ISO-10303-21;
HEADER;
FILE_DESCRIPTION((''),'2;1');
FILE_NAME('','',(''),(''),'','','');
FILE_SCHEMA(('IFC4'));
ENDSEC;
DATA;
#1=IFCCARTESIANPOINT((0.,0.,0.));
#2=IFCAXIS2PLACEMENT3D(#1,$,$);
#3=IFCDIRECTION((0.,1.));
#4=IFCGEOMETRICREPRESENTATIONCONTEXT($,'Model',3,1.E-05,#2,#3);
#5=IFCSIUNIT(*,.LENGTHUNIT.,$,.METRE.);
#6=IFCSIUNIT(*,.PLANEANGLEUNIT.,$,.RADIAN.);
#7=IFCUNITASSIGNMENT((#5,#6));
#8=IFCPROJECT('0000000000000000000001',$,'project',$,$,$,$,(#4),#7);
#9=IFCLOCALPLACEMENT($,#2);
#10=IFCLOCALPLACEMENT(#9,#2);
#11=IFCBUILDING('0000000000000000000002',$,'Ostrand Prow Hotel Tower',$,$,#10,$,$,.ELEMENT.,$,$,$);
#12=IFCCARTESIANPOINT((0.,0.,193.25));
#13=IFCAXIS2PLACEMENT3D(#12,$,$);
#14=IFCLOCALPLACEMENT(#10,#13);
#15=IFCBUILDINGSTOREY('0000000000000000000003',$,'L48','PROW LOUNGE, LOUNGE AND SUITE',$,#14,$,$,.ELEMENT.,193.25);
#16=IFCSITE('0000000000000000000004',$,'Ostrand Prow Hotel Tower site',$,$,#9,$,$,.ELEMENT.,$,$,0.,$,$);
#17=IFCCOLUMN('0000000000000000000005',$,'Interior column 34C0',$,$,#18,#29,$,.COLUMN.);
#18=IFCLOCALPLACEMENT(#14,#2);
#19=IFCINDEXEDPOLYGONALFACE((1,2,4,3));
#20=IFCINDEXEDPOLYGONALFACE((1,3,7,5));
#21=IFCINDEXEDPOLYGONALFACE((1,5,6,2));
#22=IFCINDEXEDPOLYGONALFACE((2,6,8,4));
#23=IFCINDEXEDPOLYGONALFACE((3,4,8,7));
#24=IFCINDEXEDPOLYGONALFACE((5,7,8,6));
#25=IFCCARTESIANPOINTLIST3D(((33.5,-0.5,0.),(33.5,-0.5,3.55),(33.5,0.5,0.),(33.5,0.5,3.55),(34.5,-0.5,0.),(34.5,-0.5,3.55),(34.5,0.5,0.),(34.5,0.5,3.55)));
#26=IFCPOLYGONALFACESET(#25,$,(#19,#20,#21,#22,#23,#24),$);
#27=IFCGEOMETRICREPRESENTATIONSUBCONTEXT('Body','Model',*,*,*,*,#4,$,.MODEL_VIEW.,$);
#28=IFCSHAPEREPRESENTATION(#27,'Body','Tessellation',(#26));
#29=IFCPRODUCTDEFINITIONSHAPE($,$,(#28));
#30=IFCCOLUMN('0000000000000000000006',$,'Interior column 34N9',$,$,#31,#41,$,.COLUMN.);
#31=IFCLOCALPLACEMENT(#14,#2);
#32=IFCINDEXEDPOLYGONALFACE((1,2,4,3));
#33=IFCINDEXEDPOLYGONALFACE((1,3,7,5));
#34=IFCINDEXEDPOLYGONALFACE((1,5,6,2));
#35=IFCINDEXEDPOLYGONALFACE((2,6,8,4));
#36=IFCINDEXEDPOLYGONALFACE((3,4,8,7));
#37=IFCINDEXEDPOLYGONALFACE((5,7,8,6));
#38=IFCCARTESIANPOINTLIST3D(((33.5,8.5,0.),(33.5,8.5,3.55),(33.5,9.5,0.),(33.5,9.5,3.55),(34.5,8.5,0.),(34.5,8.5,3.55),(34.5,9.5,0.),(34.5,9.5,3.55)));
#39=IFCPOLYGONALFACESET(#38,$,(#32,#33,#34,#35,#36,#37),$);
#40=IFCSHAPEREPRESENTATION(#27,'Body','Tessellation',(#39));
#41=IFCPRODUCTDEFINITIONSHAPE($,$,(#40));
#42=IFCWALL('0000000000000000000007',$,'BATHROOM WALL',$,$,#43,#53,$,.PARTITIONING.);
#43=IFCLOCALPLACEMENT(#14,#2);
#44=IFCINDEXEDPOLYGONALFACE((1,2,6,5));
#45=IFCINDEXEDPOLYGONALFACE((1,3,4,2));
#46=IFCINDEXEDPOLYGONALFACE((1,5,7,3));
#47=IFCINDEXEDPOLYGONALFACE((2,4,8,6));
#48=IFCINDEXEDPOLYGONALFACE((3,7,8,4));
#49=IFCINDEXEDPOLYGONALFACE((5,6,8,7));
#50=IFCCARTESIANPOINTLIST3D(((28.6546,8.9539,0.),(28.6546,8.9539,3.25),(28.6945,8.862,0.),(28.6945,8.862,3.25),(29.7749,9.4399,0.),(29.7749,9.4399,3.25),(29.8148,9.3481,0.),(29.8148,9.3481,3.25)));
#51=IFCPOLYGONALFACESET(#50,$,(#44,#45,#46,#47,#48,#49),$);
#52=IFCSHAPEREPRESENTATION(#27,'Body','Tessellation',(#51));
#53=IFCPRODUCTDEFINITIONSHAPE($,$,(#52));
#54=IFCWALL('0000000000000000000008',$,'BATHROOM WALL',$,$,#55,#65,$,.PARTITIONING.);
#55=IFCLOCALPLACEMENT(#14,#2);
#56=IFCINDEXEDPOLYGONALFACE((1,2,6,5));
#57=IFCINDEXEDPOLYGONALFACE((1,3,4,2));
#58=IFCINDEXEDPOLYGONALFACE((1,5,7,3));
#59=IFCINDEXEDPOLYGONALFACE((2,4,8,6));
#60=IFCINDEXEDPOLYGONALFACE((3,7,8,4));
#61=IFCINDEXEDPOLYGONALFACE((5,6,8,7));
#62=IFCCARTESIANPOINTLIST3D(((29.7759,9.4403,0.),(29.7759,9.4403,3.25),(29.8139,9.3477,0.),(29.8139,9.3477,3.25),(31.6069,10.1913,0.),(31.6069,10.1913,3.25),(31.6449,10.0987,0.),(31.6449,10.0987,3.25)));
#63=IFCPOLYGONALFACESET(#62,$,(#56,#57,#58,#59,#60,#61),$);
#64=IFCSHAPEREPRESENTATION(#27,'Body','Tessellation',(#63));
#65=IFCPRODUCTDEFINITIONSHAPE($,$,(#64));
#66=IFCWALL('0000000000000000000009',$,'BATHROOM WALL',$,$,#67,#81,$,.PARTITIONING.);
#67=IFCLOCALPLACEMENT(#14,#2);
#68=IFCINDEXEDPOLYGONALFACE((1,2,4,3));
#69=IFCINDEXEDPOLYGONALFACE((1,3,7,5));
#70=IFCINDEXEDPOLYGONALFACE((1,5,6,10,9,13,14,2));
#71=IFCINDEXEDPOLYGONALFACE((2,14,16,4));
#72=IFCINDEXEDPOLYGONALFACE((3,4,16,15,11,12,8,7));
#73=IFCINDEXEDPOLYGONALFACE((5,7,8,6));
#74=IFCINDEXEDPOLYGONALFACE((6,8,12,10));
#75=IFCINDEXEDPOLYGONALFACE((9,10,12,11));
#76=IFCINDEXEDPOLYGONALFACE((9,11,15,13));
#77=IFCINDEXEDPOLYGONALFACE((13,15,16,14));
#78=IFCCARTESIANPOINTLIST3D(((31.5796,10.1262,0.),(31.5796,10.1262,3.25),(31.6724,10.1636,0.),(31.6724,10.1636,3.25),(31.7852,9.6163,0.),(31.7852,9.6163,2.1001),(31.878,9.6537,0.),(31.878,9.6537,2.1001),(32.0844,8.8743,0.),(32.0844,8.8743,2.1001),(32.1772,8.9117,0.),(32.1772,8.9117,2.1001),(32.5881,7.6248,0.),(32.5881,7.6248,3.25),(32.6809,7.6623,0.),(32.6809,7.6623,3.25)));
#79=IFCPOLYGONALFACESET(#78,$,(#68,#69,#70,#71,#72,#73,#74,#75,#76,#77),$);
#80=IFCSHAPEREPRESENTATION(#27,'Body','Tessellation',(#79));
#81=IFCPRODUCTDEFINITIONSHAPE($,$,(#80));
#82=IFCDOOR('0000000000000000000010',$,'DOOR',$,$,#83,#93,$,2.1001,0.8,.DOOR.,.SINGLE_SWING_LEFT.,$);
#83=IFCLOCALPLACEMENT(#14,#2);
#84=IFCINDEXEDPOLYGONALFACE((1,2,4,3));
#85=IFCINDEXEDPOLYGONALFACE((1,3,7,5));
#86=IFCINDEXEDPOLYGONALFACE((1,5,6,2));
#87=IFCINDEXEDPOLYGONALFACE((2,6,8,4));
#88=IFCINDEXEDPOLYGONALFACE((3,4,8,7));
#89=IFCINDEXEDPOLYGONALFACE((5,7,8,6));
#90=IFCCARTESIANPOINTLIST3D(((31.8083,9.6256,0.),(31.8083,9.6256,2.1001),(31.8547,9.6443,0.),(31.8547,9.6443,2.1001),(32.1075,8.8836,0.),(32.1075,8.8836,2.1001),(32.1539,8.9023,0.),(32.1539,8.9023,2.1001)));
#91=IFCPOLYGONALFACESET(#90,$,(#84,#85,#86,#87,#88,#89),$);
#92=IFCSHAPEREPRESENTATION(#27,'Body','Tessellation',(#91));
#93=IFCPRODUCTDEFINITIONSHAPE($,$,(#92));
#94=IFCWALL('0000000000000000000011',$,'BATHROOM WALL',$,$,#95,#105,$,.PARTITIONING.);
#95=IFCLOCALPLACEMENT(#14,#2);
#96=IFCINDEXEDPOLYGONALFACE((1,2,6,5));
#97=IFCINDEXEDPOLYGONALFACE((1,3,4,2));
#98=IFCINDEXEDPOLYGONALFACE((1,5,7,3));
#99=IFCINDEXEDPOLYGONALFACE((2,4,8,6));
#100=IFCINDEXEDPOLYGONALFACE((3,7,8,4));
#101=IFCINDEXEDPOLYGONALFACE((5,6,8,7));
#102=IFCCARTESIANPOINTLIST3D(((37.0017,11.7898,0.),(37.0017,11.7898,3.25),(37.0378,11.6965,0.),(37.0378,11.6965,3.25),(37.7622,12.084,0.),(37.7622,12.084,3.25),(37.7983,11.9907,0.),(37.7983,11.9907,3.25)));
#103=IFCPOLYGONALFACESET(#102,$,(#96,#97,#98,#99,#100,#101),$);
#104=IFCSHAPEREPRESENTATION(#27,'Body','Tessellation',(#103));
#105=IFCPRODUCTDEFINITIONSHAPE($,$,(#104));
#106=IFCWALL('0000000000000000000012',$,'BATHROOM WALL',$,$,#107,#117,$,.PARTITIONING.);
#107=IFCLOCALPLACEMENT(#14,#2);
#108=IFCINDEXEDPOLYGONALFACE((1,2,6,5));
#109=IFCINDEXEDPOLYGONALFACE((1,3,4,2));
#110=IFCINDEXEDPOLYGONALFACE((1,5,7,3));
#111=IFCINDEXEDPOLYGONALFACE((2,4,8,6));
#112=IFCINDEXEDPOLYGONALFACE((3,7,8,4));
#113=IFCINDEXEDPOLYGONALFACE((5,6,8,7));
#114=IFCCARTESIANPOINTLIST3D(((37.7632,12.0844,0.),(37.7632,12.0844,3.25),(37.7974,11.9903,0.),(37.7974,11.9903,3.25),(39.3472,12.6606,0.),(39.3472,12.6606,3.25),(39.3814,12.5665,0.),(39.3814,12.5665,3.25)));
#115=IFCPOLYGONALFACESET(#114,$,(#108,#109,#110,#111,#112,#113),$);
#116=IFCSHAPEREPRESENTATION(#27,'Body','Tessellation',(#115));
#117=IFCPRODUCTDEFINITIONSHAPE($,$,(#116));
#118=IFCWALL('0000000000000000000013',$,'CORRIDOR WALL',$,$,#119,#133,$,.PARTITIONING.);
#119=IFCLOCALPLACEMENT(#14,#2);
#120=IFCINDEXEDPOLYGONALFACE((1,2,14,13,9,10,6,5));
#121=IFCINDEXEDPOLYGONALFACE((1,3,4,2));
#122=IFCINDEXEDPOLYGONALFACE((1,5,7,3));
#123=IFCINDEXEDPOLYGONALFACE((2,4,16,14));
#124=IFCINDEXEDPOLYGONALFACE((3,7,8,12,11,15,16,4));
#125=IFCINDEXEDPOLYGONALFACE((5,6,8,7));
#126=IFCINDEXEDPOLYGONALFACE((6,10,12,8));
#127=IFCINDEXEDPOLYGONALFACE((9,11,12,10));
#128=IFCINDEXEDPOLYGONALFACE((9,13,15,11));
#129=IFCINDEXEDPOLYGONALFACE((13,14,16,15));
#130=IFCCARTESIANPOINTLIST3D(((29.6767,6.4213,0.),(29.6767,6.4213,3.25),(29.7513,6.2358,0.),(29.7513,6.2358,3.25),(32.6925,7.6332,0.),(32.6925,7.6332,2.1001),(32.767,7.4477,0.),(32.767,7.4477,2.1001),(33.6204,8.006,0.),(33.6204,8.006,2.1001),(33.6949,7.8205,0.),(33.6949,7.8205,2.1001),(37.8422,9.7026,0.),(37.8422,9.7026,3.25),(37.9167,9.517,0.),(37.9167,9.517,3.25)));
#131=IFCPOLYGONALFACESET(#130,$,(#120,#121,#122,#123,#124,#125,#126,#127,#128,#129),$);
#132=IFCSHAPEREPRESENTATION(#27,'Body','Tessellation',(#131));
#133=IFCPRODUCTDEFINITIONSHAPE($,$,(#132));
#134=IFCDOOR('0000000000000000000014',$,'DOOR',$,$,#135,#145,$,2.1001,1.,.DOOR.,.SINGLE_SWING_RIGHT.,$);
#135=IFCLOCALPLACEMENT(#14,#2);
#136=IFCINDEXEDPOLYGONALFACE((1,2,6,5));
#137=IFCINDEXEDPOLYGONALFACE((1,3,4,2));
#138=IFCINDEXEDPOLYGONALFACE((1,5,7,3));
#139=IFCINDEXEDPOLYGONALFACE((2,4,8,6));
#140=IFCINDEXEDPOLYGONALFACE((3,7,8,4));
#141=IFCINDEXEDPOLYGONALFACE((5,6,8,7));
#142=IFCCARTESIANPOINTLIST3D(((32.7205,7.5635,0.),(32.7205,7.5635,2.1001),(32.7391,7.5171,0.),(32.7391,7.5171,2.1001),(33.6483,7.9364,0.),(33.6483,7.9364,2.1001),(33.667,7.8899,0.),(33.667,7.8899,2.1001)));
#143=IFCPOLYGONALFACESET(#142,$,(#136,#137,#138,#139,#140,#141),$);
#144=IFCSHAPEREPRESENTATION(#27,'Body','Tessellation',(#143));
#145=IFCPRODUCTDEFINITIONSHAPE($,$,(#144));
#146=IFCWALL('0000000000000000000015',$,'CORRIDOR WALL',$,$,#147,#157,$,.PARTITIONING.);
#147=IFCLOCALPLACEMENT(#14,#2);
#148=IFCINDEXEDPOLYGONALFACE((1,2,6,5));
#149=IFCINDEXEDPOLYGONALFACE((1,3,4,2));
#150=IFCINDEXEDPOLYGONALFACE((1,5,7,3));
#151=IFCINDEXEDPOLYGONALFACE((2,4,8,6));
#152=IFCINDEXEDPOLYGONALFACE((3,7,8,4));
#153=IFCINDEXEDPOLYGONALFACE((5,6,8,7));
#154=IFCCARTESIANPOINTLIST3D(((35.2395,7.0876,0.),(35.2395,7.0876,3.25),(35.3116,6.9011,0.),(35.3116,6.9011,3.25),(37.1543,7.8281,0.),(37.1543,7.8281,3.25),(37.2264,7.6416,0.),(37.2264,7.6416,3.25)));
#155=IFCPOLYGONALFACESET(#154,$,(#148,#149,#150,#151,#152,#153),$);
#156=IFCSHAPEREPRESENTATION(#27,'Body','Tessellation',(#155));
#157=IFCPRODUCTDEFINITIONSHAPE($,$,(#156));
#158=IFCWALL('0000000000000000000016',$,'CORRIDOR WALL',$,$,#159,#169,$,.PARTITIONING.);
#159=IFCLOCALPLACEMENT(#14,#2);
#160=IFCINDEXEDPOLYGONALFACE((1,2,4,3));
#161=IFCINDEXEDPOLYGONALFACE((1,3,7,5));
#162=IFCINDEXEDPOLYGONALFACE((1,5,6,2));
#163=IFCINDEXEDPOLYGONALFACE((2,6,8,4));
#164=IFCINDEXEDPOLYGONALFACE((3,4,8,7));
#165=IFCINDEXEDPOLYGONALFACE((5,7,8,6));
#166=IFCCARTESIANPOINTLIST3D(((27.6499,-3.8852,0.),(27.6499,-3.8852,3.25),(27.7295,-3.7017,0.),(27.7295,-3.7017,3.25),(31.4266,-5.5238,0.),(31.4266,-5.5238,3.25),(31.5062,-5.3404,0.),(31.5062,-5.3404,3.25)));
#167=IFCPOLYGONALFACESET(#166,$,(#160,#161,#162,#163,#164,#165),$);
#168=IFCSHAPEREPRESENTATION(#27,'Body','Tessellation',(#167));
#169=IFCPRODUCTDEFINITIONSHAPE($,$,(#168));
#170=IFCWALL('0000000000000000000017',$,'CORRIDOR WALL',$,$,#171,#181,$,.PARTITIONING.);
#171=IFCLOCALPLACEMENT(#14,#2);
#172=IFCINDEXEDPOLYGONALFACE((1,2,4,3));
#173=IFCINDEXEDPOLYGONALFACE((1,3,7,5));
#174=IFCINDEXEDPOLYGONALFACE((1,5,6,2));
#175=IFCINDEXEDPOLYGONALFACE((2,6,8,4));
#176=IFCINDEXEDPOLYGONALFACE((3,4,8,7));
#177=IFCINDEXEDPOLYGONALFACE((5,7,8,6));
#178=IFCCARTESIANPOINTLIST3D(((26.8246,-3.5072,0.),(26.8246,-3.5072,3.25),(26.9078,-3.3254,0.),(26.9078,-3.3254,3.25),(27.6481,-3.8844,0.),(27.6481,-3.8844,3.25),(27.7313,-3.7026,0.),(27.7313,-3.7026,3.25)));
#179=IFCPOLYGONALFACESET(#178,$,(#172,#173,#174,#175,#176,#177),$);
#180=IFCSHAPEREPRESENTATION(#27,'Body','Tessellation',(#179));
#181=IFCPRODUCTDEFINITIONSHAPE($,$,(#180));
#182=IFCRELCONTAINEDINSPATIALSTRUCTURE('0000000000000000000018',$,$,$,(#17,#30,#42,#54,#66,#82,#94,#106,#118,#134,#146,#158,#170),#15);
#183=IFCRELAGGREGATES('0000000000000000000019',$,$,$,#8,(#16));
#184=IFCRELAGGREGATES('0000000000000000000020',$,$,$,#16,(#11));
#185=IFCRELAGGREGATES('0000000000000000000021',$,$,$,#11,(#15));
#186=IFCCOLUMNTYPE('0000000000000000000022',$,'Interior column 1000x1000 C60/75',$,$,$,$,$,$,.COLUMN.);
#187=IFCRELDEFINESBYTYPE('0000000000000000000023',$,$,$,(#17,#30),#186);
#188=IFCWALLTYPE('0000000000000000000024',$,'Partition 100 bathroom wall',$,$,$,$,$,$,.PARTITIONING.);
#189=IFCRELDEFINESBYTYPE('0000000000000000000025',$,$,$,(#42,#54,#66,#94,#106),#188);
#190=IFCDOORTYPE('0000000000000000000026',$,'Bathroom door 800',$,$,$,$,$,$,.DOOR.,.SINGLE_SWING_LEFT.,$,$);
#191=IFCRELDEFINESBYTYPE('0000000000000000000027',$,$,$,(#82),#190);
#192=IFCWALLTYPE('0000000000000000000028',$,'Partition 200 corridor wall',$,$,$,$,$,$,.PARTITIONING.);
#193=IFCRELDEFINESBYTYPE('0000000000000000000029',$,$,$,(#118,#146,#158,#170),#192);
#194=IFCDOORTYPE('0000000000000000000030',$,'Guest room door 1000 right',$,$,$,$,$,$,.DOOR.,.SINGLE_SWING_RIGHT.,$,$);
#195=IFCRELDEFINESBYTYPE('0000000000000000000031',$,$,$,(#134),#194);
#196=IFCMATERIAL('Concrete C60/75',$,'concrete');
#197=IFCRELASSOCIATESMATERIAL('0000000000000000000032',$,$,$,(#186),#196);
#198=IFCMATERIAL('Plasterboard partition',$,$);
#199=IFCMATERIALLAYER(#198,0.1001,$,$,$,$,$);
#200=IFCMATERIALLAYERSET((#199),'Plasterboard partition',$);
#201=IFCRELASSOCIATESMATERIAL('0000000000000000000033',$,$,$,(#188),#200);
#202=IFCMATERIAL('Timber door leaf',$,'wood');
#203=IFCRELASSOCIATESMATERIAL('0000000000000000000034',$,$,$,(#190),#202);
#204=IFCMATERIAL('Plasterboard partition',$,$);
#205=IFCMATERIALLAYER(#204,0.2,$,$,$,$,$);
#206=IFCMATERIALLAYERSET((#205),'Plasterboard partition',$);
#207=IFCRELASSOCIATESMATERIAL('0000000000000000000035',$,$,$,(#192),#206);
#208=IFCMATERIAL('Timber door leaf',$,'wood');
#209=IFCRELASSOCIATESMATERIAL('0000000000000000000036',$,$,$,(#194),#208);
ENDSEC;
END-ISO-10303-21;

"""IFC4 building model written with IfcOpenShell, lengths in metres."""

from ifc_helpers import new_model, si_unit, direction, frame, frame_2d, origin, origin_2d, place, context, subcontext, project, spatial, rectangle, extrude, material, layer, layer_set, material_profile, profile_set, type_object, element, fill, save


model = new_model("IFC4")

# Units and contexts
model_context = context("Model", 3, precision=1e-05, world=origin(), true_north=direction((0.0, 1.0)))
body_context = subcontext(model_context, "Body", "Model", "MODEL_VIEW")
ifc_project = project(units=[si_unit("LENGTHUNIT", "METRE"), si_unit("PLANEANGLEUNIT", "RADIAN")], contexts=[model_context])

# Site, building, storey
site_placement = place(None, origin())
site = spatial("IfcSite", under=ifc_project, at=site_placement, Name="Ostrand Prow Hotel Tower site", CompositionType="ELEMENT", RefElevation=0.0)
building_placement = place(site_placement, origin())
building = spatial("IfcBuilding", under=site, at=building_placement, Name="Ostrand Prow Hotel Tower", CompositionType="ELEMENT")
storey_placement = place(building_placement, frame((0.0, 0.0, 193.25)))
storey = spatial("IfcBuildingStorey", under=building, at=storey_placement, Name="L48", Description="PROW LOUNGE, LOUNGE AND SUITE", CompositionType="ELEMENT", Elevation=193.25)

# Columns
ifc_material_1 = material(Name="Concrete C60/75", Category="concrete")
ifc_material_profile = material_profile(ifc_material_1, rectangle(XDim=1.0, YDim=1.0, at=origin_2d()), Name="RC 1000x1000")
ifc_profile_set = profile_set([ifc_material_profile], Name="Concrete C60/75")
column_type = type_object("IfcColumnType", Name="Interior column 1000x1000 C60/75", PredefinedType="COLUMN", material=ifc_profile_set)
for number, where, z_axis, x_axis, name in (
    (1, (34.0, 0.0, 0.0), (0.0, 0.0, 1.0), (1.0, 0.0, 0.0), "Interior column 34C0"),
    (2, (34.0, 9.0, 0.0), (0.0, 0.0, 1.0), (1.0, 0.0, 0.0), "Interior column 34N9"),
):
    element("IfcColumn", number, at=place(storey_placement, frame(where, z_axis=z_axis, x_axis=x_axis)), inside=storey, type_object=column_type, Name=name, PredefinedType="COLUMN", context=body_context, shape_type="SweptSolid", body=[
        extrude(rectangle(XDim=1.0, YDim=1.0, at=origin_2d()), origin(), (0.0, 0.0, 1.0), 3.55),
    ])

# Walls
ifc_material_2 = material(Name="Plasterboard partition")
ifc_layer_1 = layer(ifc_material_2, 0.1001)
ifc_layer_set_1 = layer_set([ifc_layer_1], Name="Plasterboard partition")
wall_type_1 = type_object("IfcWallType", Name="Partition 100 bathroom wall", PredefinedType="PARTITIONING", material=ifc_layer_set_1)
wall_1_placement = place(storey_placement, frame((28.6746, 8.908, 0.0), z_axis=(0.0, 0.0, 1.0), x_axis=(0.917378, 0.398017, 0.0)))
element("IfcWall", 3, at=wall_1_placement, inside=storey, type_object=wall_type_1, Name="BATHROOM WALL", PredefinedType="PARTITIONING", context=body_context, shape_type="SweptSolid", body=[
    extrude(rectangle(XDim=1.2212, YDim=0.1001, at=frame_2d((0.6106, 0.0))), origin(), (0.0, 0.0, 1.0), 3.25),
])
wall_2_placement = place(storey_placement, frame((29.7949, 9.394, 0.0), z_axis=(0.0, 0.0, 1.0), x_axis=(0.925209, 0.379459, 0.0)))
element("IfcWall", 4, at=wall_2_placement, inside=storey, type_object=wall_type_1, Name="BATHROOM WALL", PredefinedType="PARTITIONING", context=body_context, shape_type="SweptSolid", body=[
    extrude(rectangle(XDim=1.979, YDim=0.1001, at=frame_2d((0.9895, 0.0))), origin(), (0.0, 0.0, 1.0), 3.25),
])

# Wall, opening, door
wall_3_placement = place(storey_placement, frame((31.626, 10.145, 0.0), z_axis=(0.0, 0.0, 1.0), x_axis=(0.373933, -0.927456, 0.0)))
wall_3 = element("IfcWall", 5, at=wall_3_placement, inside=storey, type_object=wall_type_1, Name="BATHROOM WALL", PredefinedType="PARTITIONING", context=body_context, shape_type="SweptSolid", body=[
    extrude(rectangle(XDim=2.697, YDim=0.1001, at=frame_2d((1.3486, 0.0))), origin(), (0.0, 0.0, 1.0), 3.25),
])
opening_1_placement = place(wall_3_placement, frame((0.55, 0.0, 0.0)))
opening_1 = element("IfcOpeningElement", 6, at=opening_1_placement, cuts=wall_3, PredefinedType="OPENING", context=body_context, shape_type="SweptSolid", body=[
    extrude(rectangle(XDim=0.8, YDim=2.1001, at=frame_2d((0.3999, 1.05))), frame((0.0, 0.0601, 0.0), z_axis=(0.0, -1.0, 0.0), x_axis=(1.0, 0.0, 0.0)), (0.0, 0.0, 1.0), 0.1201),
])
ifc_material_3 = material(Name="Timber door leaf", Category="wood")
door_type_1 = type_object("IfcDoorType", Name="Bathroom door 800", OperationType="SINGLE_SWING_LEFT", PredefinedType="DOOR", material=ifc_material_3)
door_1_placement = place(opening_1_placement, origin())
door_1 = element("IfcDoor", 7, at=door_1_placement, inside=storey, type_object=door_type_1, Name="DOOR", OperationType="SINGLE_SWING_LEFT", OverallHeight=2.1001, OverallWidth=0.8, PredefinedType="DOOR", context=body_context, shape_type="SweptSolid", body=[
    extrude(rectangle(XDim=0.8, YDim=2.1001, at=frame_2d((0.3999, 1.05))), frame((0.0, 0.0249, 0.0), z_axis=(0.0, -1.0, 0.0), x_axis=(1.0, 0.0, 0.0)), (0.0, 0.0, 1.0), 0.05),
])
fill(opening_1, door_1)

# Walls
wall_4_placement = place(storey_placement, frame((37.0198, 11.7432, 0.0), z_axis=(0.0, 0.0, 1.0), x_axis=(0.932649, 0.360784, 0.0)))
element("IfcWall", 8, at=wall_4_placement, inside=storey, type_object=wall_type_1, Name="BATHROOM WALL", PredefinedType="PARTITIONING", context=body_context, shape_type="SweptSolid", body=[
    extrude(rectangle(XDim=0.8154, YDim=0.1001, at=frame_2d((0.4077, 0.0))), origin(), (0.0, 0.0, 1.0), 3.25),
])
wall_5_placement = place(storey_placement, frame((37.7803, 12.0374, 0.0), z_axis=(0.0, 0.0, 1.0), x_axis=(0.93976, 0.341836, 0.0)))
element("IfcWall", 9, at=wall_5_placement, inside=storey, type_object=wall_type_1, Name="BATHROOM WALL", PredefinedType="PARTITIONING", context=body_context, shape_type="SweptSolid", body=[
    extrude(rectangle(XDim=1.6855, YDim=0.1001, at=frame_2d((0.8428, 0.0))), origin(), (0.0, 0.0, 1.0), 3.25),
])

# Wall, opening, door
ifc_material_4 = material(Name="Plasterboard partition")
ifc_layer_2 = layer(ifc_material_4, 0.2)
ifc_layer_set_2 = layer_set([ifc_layer_2], Name="Plasterboard partition")
wall_type_2 = type_object("IfcWallType", Name="Partition 200 corridor wall", PredefinedType="PARTITIONING", material=ifc_layer_set_2)
wall_6_placement = place(storey_placement, frame((29.7141, 6.3286, 0.0), z_axis=(0.0, 0.0, 1.0), x_axis=(0.927886, 0.372863, 0.0)))
wall_6 = element("IfcWall", 10, at=wall_6_placement, inside=storey, type_object=wall_type_2, Name="CORRIDOR WALL", PredefinedType="PARTITIONING", context=body_context, shape_type="SweptSolid", body=[
    extrude(rectangle(XDim=8.8, YDim=0.2, at=frame_2d((4.3999, 0.0))), origin(), (0.0, 0.0, 1.0), 3.25),
])
opening_2_placement = place(wall_6_placement, frame((3.25, 0.0, 0.0)))
opening_2 = element("IfcOpeningElement", 11, at=opening_2_placement, cuts=wall_6, PredefinedType="OPENING", context=body_context, shape_type="SweptSolid", body=[
    extrude(rectangle(XDim=1.0, YDim=2.1001, at=frame_2d((0.5, 1.05))), frame((0.0, 0.1099, 0.0), z_axis=(0.0, -1.0, 0.0), x_axis=(1.0, 0.0, 0.0)), (0.0, 0.0, 1.0), 0.22),
])
ifc_material_5 = material(Name="Timber door leaf", Category="wood")
door_type_2 = type_object("IfcDoorType", Name="Guest room door 1000 right", OperationType="SINGLE_SWING_RIGHT", PredefinedType="DOOR", material=ifc_material_5)
door_2_placement = place(opening_2_placement, origin())
door_2 = element("IfcDoor", 12, at=door_2_placement, inside=storey, type_object=door_type_2, Name="DOOR", OperationType="SINGLE_SWING_RIGHT", OverallHeight=2.1001, OverallWidth=1.0, PredefinedType="DOOR", context=body_context, shape_type="SweptSolid", body=[
    extrude(rectangle(XDim=1.0, YDim=2.1001, at=frame_2d((0.5, 1.05))), frame((0.0, 0.0249, 0.0), z_axis=(0.0, -1.0, 0.0), x_axis=(1.0, 0.0, 0.0)), (0.0, 0.0, 1.0), 0.05),
])
fill(opening_2, door_2)

# Walls
wall_7_placement = place(storey_placement, frame((35.2756, 6.9944, 0.0), z_axis=(0.0, 0.0, 1.0), x_axis=(0.932688, 0.360684, 0.0)))
element("IfcWall", 13, at=wall_7_placement, inside=storey, type_object=wall_type_2, Name="CORRIDOR WALL", PredefinedType="PARTITIONING", context=body_context, shape_type="SweptSolid", body=[
    extrude(rectangle(XDim=2.053, YDim=0.2, at=frame_2d((1.0264, 0.0))), origin(), (0.0, 0.0, 1.0), 3.25),
])
wall_8_placement = place(storey_placement, frame((31.4666, -5.4321, 0.0), z_axis=(0.0, 0.0, 1.0), x_axis=(-0.917375, 0.398023, 0.0)))
element("IfcWall", 14, at=wall_8_placement, inside=storey, type_object=wall_type_2, Name="CORRIDOR WALL", PredefinedType="PARTITIONING", context=body_context, shape_type="SweptSolid", body=[
    extrude(rectangle(XDim=4.1169, YDim=0.2, at=frame_2d((2.0586, 0.0))), origin(), (0.0, 0.0, 1.0), 3.25),
])
wall_9_placement = place(storey_placement, frame((27.6897, -3.7935, 0.0), z_axis=(0.0, 0.0, 1.0), x_axis=(-0.909163, 0.416441, 0.0)))
element("IfcWall", 15, at=wall_9_placement, inside=storey, type_object=wall_type_2, Name="CORRIDOR WALL", PredefinedType="PARTITIONING", context=body_context, shape_type="SweptSolid", body=[
    extrude(rectangle(XDim=0.9058, YDim=0.2, at=frame_2d((0.4529, 0.0))), origin(), (0.0, 0.0, 1.0), 3.25),
])

save(model, "model.ifc")
